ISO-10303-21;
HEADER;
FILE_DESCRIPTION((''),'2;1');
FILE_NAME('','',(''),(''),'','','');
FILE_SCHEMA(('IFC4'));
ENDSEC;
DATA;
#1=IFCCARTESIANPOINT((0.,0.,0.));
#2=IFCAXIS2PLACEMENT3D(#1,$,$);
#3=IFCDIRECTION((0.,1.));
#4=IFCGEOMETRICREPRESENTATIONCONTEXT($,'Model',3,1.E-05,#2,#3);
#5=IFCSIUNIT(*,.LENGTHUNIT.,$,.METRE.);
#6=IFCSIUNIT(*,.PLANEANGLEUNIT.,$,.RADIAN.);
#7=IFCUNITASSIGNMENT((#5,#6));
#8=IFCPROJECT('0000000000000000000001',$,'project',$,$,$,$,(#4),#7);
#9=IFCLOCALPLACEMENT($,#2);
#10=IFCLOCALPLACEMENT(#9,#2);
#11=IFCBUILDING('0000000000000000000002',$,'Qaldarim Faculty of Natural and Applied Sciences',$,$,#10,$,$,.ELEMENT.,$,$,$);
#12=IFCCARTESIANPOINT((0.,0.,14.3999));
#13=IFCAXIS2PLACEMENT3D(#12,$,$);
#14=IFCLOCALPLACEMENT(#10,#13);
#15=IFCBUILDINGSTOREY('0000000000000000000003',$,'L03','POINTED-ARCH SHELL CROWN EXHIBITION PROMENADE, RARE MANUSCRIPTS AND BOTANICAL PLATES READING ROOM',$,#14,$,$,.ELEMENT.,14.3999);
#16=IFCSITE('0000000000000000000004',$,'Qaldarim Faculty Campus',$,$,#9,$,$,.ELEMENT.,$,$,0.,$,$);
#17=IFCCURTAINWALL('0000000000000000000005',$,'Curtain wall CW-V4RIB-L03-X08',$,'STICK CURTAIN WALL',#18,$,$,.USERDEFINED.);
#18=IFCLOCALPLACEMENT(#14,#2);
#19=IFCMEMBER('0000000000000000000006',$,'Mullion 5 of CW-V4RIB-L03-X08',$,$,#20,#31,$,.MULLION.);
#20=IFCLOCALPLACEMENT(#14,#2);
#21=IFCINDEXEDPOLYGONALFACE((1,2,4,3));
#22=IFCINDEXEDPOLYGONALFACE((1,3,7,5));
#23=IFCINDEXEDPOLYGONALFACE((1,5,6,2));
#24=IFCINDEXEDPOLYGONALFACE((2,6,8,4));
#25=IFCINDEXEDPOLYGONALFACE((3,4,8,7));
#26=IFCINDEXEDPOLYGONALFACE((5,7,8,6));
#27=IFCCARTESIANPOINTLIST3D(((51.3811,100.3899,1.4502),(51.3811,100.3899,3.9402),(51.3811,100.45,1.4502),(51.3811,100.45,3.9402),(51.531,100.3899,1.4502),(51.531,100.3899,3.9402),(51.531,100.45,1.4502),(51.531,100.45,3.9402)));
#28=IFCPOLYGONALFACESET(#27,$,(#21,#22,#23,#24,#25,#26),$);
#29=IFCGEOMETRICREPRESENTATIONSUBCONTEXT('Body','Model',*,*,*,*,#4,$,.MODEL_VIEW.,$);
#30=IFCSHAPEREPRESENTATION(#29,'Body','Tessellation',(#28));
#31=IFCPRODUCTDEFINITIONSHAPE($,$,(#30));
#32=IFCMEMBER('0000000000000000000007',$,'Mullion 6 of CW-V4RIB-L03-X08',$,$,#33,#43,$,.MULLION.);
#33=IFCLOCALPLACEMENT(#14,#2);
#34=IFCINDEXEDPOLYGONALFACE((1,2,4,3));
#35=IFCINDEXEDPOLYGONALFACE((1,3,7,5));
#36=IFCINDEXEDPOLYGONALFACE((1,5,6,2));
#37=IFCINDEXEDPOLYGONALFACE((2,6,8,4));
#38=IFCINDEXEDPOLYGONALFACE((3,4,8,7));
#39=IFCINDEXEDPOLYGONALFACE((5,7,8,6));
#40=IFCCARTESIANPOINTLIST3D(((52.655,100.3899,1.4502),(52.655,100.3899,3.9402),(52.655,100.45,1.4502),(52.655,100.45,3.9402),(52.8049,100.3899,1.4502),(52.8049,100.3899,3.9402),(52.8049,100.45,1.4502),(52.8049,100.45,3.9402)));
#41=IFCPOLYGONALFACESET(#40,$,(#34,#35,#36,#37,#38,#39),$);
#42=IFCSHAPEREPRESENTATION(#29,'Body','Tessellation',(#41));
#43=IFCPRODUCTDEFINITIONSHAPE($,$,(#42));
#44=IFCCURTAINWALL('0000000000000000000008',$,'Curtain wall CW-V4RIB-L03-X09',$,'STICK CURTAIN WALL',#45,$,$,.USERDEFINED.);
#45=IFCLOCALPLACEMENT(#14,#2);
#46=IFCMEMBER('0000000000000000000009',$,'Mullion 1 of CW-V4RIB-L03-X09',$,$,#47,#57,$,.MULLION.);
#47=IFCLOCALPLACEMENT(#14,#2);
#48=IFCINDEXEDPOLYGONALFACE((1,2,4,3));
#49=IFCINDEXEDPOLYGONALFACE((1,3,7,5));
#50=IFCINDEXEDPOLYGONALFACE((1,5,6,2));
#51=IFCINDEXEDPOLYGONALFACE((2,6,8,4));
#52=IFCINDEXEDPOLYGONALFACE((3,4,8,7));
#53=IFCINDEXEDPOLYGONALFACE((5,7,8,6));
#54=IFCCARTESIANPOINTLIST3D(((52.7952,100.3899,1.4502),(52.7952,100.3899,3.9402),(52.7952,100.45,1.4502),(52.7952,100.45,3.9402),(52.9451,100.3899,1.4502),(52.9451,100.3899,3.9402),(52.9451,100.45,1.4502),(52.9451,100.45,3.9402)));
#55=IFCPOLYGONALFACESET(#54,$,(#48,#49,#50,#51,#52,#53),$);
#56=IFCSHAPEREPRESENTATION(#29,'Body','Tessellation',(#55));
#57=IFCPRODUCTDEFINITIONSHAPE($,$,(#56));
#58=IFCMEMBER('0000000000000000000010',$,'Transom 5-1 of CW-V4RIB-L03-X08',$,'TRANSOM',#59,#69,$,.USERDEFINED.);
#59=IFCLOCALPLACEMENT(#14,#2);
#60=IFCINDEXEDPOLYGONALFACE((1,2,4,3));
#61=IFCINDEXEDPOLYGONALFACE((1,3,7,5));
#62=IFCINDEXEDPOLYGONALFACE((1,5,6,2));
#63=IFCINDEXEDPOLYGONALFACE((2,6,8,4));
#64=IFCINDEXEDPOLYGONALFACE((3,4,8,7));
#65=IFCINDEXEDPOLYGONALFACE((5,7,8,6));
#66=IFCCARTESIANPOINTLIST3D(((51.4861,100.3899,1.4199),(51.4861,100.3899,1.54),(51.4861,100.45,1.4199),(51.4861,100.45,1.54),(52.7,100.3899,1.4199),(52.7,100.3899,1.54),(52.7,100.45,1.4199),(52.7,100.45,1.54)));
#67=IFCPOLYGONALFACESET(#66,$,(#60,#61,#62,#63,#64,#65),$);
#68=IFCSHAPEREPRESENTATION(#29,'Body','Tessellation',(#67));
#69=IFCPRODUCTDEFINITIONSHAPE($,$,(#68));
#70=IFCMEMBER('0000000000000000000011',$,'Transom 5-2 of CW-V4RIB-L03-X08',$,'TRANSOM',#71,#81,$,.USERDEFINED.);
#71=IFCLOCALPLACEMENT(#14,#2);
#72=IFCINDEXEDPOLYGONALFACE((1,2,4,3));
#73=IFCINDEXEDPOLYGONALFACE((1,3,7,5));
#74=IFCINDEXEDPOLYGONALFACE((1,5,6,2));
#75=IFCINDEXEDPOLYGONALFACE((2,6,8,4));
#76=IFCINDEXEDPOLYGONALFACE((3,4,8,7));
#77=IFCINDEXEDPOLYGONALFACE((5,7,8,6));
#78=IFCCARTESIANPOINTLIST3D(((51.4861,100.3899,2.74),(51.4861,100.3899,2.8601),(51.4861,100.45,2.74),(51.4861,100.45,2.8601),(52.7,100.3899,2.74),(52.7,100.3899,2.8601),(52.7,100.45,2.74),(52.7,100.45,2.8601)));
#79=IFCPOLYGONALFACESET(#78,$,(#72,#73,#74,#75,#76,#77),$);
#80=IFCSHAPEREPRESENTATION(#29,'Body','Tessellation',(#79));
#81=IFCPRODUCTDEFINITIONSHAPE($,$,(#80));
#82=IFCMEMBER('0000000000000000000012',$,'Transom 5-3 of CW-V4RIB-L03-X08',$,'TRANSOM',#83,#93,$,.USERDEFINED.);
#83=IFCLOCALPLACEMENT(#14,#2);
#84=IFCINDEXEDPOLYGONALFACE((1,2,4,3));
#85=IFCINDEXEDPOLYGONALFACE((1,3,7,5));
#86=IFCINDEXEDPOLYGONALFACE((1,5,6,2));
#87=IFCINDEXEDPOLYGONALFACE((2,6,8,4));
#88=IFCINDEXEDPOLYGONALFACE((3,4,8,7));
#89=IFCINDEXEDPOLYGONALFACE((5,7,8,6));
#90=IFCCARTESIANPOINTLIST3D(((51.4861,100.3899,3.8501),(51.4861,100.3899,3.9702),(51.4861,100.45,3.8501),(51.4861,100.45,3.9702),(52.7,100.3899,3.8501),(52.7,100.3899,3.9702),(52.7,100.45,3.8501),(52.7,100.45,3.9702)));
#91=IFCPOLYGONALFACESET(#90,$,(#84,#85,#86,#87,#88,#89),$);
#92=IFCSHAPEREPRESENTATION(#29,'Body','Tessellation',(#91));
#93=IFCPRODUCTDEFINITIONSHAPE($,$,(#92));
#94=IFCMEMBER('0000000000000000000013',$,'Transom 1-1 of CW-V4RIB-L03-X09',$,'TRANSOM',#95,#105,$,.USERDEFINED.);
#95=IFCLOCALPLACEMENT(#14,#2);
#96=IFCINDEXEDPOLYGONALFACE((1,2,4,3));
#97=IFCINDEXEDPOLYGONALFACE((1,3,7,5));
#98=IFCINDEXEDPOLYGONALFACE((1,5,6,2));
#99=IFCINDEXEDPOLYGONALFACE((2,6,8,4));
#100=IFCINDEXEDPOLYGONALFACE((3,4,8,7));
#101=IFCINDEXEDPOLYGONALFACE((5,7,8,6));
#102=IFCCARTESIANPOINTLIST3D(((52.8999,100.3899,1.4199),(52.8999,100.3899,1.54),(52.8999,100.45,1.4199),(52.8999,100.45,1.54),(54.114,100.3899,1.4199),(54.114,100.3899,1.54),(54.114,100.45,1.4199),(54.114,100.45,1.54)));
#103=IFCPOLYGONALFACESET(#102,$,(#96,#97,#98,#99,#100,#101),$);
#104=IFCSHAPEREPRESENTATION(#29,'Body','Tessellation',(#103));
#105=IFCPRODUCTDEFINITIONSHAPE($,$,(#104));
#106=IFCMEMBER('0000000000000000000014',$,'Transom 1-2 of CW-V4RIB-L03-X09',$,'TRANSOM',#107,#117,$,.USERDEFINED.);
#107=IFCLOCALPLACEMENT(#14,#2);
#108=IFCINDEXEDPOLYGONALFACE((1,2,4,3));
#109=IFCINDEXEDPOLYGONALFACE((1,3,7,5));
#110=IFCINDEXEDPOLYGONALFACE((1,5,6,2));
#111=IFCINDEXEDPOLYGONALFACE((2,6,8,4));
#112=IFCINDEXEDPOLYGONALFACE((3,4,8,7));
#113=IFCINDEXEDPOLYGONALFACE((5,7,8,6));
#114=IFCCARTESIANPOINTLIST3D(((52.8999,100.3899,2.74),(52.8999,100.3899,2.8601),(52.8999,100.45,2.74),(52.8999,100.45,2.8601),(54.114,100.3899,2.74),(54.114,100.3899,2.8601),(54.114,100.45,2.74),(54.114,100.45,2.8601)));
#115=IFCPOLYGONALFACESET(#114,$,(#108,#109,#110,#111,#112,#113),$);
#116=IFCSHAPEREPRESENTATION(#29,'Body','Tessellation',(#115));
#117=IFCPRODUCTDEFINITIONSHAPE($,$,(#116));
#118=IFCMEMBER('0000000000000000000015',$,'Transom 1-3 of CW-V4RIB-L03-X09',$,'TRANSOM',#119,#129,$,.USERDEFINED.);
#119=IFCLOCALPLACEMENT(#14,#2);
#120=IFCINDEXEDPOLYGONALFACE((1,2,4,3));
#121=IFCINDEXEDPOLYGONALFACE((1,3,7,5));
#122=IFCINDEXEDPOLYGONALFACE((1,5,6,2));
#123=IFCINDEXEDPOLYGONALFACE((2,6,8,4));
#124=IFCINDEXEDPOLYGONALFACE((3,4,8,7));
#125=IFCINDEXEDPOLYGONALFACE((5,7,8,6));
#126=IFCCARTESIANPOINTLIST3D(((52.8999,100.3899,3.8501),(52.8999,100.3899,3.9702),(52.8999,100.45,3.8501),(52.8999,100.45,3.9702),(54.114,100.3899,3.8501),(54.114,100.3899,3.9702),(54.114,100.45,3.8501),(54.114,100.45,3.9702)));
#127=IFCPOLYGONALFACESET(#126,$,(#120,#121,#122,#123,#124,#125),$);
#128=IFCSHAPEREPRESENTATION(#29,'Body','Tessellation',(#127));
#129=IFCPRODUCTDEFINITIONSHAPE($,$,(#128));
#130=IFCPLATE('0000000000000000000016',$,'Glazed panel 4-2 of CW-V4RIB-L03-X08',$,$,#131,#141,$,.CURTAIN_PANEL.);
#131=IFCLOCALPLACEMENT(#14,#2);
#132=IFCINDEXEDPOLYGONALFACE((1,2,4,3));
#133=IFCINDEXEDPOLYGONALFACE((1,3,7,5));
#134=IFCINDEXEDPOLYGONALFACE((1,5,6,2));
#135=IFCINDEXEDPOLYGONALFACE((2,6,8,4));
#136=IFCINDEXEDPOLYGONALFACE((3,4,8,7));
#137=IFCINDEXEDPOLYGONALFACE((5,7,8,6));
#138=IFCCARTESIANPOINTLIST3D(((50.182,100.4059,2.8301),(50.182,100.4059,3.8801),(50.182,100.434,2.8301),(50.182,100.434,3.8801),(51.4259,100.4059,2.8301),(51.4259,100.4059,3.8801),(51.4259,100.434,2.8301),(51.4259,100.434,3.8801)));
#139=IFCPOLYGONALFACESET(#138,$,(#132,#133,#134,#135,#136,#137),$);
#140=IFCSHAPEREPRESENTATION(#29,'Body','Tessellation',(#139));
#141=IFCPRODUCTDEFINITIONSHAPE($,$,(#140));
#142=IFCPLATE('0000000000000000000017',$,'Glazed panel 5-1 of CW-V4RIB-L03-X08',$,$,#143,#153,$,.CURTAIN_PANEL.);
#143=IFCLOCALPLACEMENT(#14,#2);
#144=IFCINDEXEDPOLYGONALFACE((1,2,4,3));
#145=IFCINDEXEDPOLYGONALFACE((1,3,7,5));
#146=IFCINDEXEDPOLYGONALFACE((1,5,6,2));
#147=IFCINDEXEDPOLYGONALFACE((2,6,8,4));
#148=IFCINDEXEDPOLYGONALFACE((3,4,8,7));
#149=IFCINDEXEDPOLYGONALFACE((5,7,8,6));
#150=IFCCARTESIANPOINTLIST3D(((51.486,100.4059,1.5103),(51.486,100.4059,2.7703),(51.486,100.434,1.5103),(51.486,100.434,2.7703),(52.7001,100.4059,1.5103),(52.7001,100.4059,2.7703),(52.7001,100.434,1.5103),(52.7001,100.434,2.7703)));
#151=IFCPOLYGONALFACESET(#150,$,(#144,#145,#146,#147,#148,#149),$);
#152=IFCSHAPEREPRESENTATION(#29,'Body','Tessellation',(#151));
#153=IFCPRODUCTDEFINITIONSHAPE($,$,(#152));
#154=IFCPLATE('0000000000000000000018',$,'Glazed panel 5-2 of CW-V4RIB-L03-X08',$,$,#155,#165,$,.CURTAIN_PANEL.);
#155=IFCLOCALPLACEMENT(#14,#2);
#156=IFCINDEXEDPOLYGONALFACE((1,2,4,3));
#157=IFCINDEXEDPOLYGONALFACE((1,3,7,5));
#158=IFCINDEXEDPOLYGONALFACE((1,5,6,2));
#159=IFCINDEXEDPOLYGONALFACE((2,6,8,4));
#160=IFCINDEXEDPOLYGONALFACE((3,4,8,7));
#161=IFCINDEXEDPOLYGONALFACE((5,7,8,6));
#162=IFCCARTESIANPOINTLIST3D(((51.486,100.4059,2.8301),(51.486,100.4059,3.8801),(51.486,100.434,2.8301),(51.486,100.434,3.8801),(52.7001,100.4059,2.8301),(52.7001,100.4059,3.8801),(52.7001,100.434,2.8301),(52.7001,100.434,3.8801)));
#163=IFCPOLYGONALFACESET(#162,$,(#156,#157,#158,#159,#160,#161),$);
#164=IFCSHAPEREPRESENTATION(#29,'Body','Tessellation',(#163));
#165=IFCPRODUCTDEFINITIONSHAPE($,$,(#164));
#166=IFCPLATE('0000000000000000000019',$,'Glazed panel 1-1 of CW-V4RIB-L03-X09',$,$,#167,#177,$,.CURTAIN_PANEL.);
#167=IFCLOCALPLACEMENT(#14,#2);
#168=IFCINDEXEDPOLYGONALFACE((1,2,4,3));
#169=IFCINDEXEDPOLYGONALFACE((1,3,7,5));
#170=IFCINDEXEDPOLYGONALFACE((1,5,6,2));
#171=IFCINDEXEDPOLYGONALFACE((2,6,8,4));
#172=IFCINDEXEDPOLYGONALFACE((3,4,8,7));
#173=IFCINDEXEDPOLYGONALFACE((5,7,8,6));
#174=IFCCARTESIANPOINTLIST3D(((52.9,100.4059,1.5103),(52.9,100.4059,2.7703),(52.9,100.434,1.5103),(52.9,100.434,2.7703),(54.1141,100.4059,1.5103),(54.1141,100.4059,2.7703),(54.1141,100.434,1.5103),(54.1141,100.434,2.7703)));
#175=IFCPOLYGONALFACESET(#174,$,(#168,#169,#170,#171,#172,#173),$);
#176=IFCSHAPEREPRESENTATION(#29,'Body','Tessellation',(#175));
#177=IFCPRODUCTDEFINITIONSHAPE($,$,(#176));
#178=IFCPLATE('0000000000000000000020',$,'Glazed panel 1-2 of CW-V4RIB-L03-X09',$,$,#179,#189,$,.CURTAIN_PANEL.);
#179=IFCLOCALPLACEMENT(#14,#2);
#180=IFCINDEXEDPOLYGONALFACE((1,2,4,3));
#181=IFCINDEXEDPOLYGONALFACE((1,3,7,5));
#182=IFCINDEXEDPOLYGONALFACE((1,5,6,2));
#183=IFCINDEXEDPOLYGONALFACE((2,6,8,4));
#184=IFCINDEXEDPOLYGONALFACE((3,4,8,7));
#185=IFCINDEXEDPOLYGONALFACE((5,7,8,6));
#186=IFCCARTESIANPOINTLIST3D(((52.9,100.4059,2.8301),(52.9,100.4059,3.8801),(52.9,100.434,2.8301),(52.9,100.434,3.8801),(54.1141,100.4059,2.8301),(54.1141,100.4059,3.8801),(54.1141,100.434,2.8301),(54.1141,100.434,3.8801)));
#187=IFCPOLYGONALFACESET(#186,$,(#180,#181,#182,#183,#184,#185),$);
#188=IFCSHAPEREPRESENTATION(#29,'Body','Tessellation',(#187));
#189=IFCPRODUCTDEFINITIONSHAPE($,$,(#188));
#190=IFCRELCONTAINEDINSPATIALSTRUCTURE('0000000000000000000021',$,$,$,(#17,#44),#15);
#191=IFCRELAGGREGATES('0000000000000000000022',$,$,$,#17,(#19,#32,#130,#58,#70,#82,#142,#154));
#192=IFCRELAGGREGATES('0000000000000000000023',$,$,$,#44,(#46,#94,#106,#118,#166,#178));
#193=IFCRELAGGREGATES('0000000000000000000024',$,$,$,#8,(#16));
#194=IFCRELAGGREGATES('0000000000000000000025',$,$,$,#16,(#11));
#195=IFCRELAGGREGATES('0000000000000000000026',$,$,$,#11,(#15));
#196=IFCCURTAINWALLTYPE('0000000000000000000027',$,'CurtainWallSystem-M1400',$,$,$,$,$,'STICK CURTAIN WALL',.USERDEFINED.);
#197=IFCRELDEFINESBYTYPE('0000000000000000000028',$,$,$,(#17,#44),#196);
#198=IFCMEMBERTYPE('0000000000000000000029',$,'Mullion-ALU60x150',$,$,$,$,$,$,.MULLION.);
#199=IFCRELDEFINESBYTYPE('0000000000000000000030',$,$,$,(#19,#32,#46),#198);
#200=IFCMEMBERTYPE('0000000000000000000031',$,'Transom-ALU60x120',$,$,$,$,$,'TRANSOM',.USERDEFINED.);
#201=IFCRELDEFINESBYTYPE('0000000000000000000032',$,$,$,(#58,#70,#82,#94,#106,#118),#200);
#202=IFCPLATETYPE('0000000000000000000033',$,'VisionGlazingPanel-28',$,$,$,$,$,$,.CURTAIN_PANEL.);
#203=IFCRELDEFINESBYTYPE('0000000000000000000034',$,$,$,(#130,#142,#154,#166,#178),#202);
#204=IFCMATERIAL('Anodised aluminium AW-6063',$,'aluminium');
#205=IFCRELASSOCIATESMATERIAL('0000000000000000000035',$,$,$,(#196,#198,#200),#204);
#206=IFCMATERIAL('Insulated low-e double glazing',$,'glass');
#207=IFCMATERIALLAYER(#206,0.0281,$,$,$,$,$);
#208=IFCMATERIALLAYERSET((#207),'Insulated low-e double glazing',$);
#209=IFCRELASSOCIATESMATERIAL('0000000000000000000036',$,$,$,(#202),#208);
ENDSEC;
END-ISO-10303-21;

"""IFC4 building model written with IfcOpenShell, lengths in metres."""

from ifc_helpers import new_model, si_unit, direction, frame, origin, origin_2d, place, context, subcontext, project, spatial, rectangle, extrude, material, layer, layer_set, material_profile, profile_set, type_object, element, aggregate, save


model = new_model("IFC4")

# Units and contexts
model_context = context("Model", 3, precision=1e-05, world=origin(), true_north=direction((0.0, 1.0)))
body_context = subcontext(model_context, "Body", "Model", "MODEL_VIEW")
ifc_project = project(units=[si_unit("LENGTHUNIT", "METRE"), si_unit("PLANEANGLEUNIT", "RADIAN")], contexts=[model_context])

# Site, building, storey
site_placement = place(None, origin())
site = spatial("IfcSite", under=ifc_project, at=site_placement, Name="Qaldarim Faculty Campus", CompositionType="ELEMENT", RefElevation=0.0)
building_placement = place(site_placement, origin())
building = spatial("IfcBuilding", under=site, at=building_placement, Name="Qaldarim Faculty of Natural and Applied Sciences", CompositionType="ELEMENT")
storey_placement = place(building_placement, frame((0.0, 0.0, 14.3999)))
storey = spatial("IfcBuildingStorey", under=building, at=storey_placement, Name="L03", Description="POINTED-ARCH SHELL CROWN EXHIBITION PROMENADE, RARE MANUSCRIPTS AND BOTANICAL PLATES READING ROOM", CompositionType="ELEMENT", Elevation=14.3999)

# Curtain wall, members
ifc_material_1 = material(Name="Anodised aluminium AW-6063", Category="aluminium")
curtain_wall_type = type_object("IfcCurtainWallType", Name="CurtainWallSystem-M1400", ElementType="STICK CURTAIN WALL", PredefinedType="USERDEFINED", material=ifc_material_1)
curtain_wall_1_placement = place(storey_placement, origin())
curtain_wall_1 = element("IfcCurtainWall", 1, at=curtain_wall_1_placement, inside=storey, type_object=curtain_wall_type, Name="Curtain wall CW-V4RIB-L03-X08", ObjectType="STICK CURTAIN WALL", PredefinedType="USERDEFINED")
ifc_material_profile_1 = material_profile(ifc_material_1, rectangle(XDim=0.0601, YDim=0.1499, at=origin_2d()), Name="ALU-M60x150")
ifc_profile_set_1 = profile_set([ifc_material_profile_1], Name="Anodised aluminium AW-6063")
member_type_1 = type_object("IfcMemberType", Name="Mullion-ALU60x150", PredefinedType="MULLION", material=ifc_profile_set_1)
member_1_placement = place(storey_placement, frame((51.4561, 100.4199, 1.4502), z_axis=(0.0, 0.0, 1.0), x_axis=(0.0, 1.0, 0.0)))
member_1 = element("IfcMember", 2, at=member_1_placement, type_object=member_type_1, Name="Mullion 5 of CW-V4RIB-L03-X08", PredefinedType="MULLION", context=body_context, shape_type="SweptSolid", body=[
    extrude(rectangle(XDim=0.0601, YDim=0.1499, at=origin_2d()), origin(), (0.0, 0.0, 1.0), 2.49),
])
member_2_placement = place(storey_placement, frame((52.73, 100.4199, 1.4502), z_axis=(0.0, 0.0, 1.0), x_axis=(0.0, 1.0, 0.0)))
member_2 = element("IfcMember", 3, at=member_2_placement, type_object=member_type_1, Name="Mullion 6 of CW-V4RIB-L03-X08", PredefinedType="MULLION", context=body_context, shape_type="SweptSolid", body=[
    extrude(rectangle(XDim=0.0601, YDim=0.1499, at=origin_2d()), origin(), (0.0, 0.0, 1.0), 2.49),
])

# Curtain wall, member
curtain_wall_2_placement = place(storey_placement, origin())
curtain_wall_2 = element("IfcCurtainWall", 4, at=curtain_wall_2_placement, inside=storey, type_object=curtain_wall_type, Name="Curtain wall CW-V4RIB-L03-X09", ObjectType="STICK CURTAIN WALL", PredefinedType="USERDEFINED")
member_3_placement = place(storey_placement, frame((52.8701, 100.4199, 1.4502), z_axis=(0.0, 0.0, 1.0), x_axis=(0.0, 1.0, 0.0)))
member_3 = element("IfcMember", 5, at=member_3_placement, type_object=member_type_1, Name="Mullion 1 of CW-V4RIB-L03-X09", PredefinedType="MULLION", context=body_context, shape_type="SweptSolid", body=[
    extrude(rectangle(XDim=0.0601, YDim=0.1499, at=origin_2d()), origin(), (0.0, 0.0, 1.0), 2.49),
])

# Members
ifc_material_profile_2 = material_profile(ifc_material_1, rectangle(XDim=0.0601, YDim=0.1201, at=origin_2d()), Name="ALU-T60x120")
ifc_profile_set_2 = profile_set([ifc_material_profile_2], Name="Anodised aluminium AW-6063")
member_type_2 = type_object("IfcMemberType", Name="Transom-ALU60x120", ElementType="TRANSOM", PredefinedType="USERDEFINED", material=ifc_profile_set_2)
member_4_placement = place(storey_placement, frame((51.4861, 100.4199, 1.48), z_axis=(1.0, 0.0, 0.0), x_axis=(0.0, 1.0, 0.0)))
member_4 = element("IfcMember", 6, at=member_4_placement, type_object=member_type_2, Name="Transom 5-1 of CW-V4RIB-L03-X08", ObjectType="TRANSOM", PredefinedType="USERDEFINED", context=body_context, shape_type="SweptSolid", body=[
    extrude(rectangle(XDim=0.0601, YDim=0.1201, at=origin_2d()), origin(), (0.0, 0.0, 1.0), 1.2139),
])
member_5_placement = place(storey_placement, frame((51.4861, 100.4199, 2.8), z_axis=(1.0, 0.0, 0.0), x_axis=(0.0, 1.0, 0.0)))
member_5 = element("IfcMember", 7, at=member_5_placement, type_object=member_type_2, Name="Transom 5-2 of CW-V4RIB-L03-X08", ObjectType="TRANSOM", PredefinedType="USERDEFINED", context=body_context, shape_type="SweptSolid", body=[
    extrude(rectangle(XDim=0.0601, YDim=0.1201, at=origin_2d()), origin(), (0.0, 0.0, 1.0), 1.2139),
])
member_6_placement = place(storey_placement, frame((51.4861, 100.4199, 3.9102), z_axis=(1.0, 0.0, 0.0), x_axis=(0.0, 1.0, 0.0)))
member_6 = element("IfcMember", 8, at=member_6_placement, type_object=member_type_2, Name="Transom 5-3 of CW-V4RIB-L03-X08", ObjectType="TRANSOM", PredefinedType="USERDEFINED", context=body_context, shape_type="SweptSolid", body=[
    extrude(rectangle(XDim=0.0601, YDim=0.1201, at=origin_2d()), origin(), (0.0, 0.0, 1.0), 1.2139),
])
member_7_placement = place(storey_placement, frame((52.8999, 100.4199, 1.48), z_axis=(1.0, 0.0, 0.0), x_axis=(0.0, 1.0, 0.0)))
member_7 = element("IfcMember", 9, at=member_7_placement, type_object=member_type_2, Name="Transom 1-1 of CW-V4RIB-L03-X09", ObjectType="TRANSOM", PredefinedType="USERDEFINED", context=body_context, shape_type="SweptSolid", body=[
    extrude(rectangle(XDim=0.0601, YDim=0.1201, at=origin_2d()), origin(), (0.0, 0.0, 1.0), 1.2141),
])
member_8_placement = place(storey_placement, frame((52.8999, 100.4199, 2.8), z_axis=(1.0, 0.0, 0.0), x_axis=(0.0, 1.0, 0.0)))
member_8 = element("IfcMember", 10, at=member_8_placement, type_object=member_type_2, Name="Transom 1-2 of CW-V4RIB-L03-X09", ObjectType="TRANSOM", PredefinedType="USERDEFINED", context=body_context, shape_type="SweptSolid", body=[
    extrude(rectangle(XDim=0.0601, YDim=0.1201, at=origin_2d()), origin(), (0.0, 0.0, 1.0), 1.2141),
])
member_9_placement = place(storey_placement, frame((52.8999, 100.4199, 3.9102), z_axis=(1.0, 0.0, 0.0), x_axis=(0.0, 1.0, 0.0)))
member_9 = element("IfcMember", 11, at=member_9_placement, type_object=member_type_2, Name="Transom 1-3 of CW-V4RIB-L03-X09", ObjectType="TRANSOM", PredefinedType="USERDEFINED", context=body_context, shape_type="SweptSolid", body=[
    extrude(rectangle(XDim=0.0601, YDim=0.1201, at=origin_2d()), origin(), (0.0, 0.0, 1.0), 1.2141),
])

# Plates
ifc_material_2 = material(Name="Insulated low-e double glazing", Category="glass")
ifc_layer_1 = layer(ifc_material_2, 0.0281)
ifc_layer_set_1 = layer_set([ifc_layer_1], Name="Insulated low-e double glazing")
plate_type = type_object("IfcPlateType", Name="VisionGlazingPanel-28", PredefinedType="CURTAIN_PANEL", material=ifc_layer_set_1)
plate_1_placement = place(storey_placement, frame((50.804, 100.4199, 2.8301), z_axis=(0.0, 0.0, 1.0), x_axis=(1.0, 0.0, 0.0)))
plate_1 = element("IfcPlate", 12, at=plate_1_placement, type_object=plate_type, Name="Glazed panel 4-2 of CW-V4RIB-L03-X08", PredefinedType="CURTAIN_PANEL", context=body_context, shape_type="SweptSolid", body=[
    extrude(rectangle(XDim=1.2439, YDim=0.0281, at=origin_2d()), origin(), (0.0, 0.0, 1.0), 1.05),
])
plate_2_placement = place(storey_placement, frame((52.093, 100.4199, 1.5103), z_axis=(0.0, 0.0, 1.0), x_axis=(1.0, 0.0, 0.0)))
plate_2 = element("IfcPlate", 13, at=plate_2_placement, type_object=plate_type, Name="Glazed panel 5-1 of CW-V4RIB-L03-X08", PredefinedType="CURTAIN_PANEL", context=body_context, shape_type="SweptSolid", body=[
    extrude(rectangle(XDim=1.2141, YDim=0.0281, at=origin_2d()), origin(), (0.0, 0.0, 1.0), 1.26),
])
plate_3_placement = place(storey_placement, frame((52.093, 100.4199, 2.8301), z_axis=(0.0, 0.0, 1.0), x_axis=(1.0, 0.0, 0.0)))
plate_3 = element("IfcPlate", 14, at=plate_3_placement, type_object=plate_type, Name="Glazed panel 5-2 of CW-V4RIB-L03-X08", PredefinedType="CURTAIN_PANEL", context=body_context, shape_type="SweptSolid", body=[
    extrude(rectangle(XDim=1.2141, YDim=0.0281, at=origin_2d()), origin(), (0.0, 0.0, 1.0), 1.05),
])
aggregate(curtain_wall_1, [member_1, member_2, plate_1, member_4, member_5, member_6, plate_2, plate_3])
plate_4_placement = place(storey_placement, frame((53.5071, 100.4199, 1.5103), z_axis=(0.0, 0.0, 1.0), x_axis=(1.0, 0.0, 0.0)))
plate_4 = element("IfcPlate", 15, at=plate_4_placement, type_object=plate_type, Name="Glazed panel 1-1 of CW-V4RIB-L03-X09", PredefinedType="CURTAIN_PANEL", context=body_context, shape_type="SweptSolid", body=[
    extrude(rectangle(XDim=1.2141, YDim=0.0281, at=origin_2d()), origin(), (0.0, 0.0, 1.0), 1.26),
])
plate_5_placement = place(storey_placement, frame((53.5071, 100.4199, 2.8301), z_axis=(0.0, 0.0, 1.0), x_axis=(1.0, 0.0, 0.0)))
plate_5 = element("IfcPlate", 16, at=plate_5_placement, type_object=plate_type, Name="Glazed panel 1-2 of CW-V4RIB-L03-X09", PredefinedType="CURTAIN_PANEL", context=body_context, shape_type="SweptSolid", body=[
    extrude(rectangle(XDim=1.2141, YDim=0.0281, at=origin_2d()), origin(), (0.0, 0.0, 1.0), 1.05),
])
aggregate(curtain_wall_2, [member_3, member_7, member_8, member_9, plate_4, plate_5])

save(model, "model.ifc")
